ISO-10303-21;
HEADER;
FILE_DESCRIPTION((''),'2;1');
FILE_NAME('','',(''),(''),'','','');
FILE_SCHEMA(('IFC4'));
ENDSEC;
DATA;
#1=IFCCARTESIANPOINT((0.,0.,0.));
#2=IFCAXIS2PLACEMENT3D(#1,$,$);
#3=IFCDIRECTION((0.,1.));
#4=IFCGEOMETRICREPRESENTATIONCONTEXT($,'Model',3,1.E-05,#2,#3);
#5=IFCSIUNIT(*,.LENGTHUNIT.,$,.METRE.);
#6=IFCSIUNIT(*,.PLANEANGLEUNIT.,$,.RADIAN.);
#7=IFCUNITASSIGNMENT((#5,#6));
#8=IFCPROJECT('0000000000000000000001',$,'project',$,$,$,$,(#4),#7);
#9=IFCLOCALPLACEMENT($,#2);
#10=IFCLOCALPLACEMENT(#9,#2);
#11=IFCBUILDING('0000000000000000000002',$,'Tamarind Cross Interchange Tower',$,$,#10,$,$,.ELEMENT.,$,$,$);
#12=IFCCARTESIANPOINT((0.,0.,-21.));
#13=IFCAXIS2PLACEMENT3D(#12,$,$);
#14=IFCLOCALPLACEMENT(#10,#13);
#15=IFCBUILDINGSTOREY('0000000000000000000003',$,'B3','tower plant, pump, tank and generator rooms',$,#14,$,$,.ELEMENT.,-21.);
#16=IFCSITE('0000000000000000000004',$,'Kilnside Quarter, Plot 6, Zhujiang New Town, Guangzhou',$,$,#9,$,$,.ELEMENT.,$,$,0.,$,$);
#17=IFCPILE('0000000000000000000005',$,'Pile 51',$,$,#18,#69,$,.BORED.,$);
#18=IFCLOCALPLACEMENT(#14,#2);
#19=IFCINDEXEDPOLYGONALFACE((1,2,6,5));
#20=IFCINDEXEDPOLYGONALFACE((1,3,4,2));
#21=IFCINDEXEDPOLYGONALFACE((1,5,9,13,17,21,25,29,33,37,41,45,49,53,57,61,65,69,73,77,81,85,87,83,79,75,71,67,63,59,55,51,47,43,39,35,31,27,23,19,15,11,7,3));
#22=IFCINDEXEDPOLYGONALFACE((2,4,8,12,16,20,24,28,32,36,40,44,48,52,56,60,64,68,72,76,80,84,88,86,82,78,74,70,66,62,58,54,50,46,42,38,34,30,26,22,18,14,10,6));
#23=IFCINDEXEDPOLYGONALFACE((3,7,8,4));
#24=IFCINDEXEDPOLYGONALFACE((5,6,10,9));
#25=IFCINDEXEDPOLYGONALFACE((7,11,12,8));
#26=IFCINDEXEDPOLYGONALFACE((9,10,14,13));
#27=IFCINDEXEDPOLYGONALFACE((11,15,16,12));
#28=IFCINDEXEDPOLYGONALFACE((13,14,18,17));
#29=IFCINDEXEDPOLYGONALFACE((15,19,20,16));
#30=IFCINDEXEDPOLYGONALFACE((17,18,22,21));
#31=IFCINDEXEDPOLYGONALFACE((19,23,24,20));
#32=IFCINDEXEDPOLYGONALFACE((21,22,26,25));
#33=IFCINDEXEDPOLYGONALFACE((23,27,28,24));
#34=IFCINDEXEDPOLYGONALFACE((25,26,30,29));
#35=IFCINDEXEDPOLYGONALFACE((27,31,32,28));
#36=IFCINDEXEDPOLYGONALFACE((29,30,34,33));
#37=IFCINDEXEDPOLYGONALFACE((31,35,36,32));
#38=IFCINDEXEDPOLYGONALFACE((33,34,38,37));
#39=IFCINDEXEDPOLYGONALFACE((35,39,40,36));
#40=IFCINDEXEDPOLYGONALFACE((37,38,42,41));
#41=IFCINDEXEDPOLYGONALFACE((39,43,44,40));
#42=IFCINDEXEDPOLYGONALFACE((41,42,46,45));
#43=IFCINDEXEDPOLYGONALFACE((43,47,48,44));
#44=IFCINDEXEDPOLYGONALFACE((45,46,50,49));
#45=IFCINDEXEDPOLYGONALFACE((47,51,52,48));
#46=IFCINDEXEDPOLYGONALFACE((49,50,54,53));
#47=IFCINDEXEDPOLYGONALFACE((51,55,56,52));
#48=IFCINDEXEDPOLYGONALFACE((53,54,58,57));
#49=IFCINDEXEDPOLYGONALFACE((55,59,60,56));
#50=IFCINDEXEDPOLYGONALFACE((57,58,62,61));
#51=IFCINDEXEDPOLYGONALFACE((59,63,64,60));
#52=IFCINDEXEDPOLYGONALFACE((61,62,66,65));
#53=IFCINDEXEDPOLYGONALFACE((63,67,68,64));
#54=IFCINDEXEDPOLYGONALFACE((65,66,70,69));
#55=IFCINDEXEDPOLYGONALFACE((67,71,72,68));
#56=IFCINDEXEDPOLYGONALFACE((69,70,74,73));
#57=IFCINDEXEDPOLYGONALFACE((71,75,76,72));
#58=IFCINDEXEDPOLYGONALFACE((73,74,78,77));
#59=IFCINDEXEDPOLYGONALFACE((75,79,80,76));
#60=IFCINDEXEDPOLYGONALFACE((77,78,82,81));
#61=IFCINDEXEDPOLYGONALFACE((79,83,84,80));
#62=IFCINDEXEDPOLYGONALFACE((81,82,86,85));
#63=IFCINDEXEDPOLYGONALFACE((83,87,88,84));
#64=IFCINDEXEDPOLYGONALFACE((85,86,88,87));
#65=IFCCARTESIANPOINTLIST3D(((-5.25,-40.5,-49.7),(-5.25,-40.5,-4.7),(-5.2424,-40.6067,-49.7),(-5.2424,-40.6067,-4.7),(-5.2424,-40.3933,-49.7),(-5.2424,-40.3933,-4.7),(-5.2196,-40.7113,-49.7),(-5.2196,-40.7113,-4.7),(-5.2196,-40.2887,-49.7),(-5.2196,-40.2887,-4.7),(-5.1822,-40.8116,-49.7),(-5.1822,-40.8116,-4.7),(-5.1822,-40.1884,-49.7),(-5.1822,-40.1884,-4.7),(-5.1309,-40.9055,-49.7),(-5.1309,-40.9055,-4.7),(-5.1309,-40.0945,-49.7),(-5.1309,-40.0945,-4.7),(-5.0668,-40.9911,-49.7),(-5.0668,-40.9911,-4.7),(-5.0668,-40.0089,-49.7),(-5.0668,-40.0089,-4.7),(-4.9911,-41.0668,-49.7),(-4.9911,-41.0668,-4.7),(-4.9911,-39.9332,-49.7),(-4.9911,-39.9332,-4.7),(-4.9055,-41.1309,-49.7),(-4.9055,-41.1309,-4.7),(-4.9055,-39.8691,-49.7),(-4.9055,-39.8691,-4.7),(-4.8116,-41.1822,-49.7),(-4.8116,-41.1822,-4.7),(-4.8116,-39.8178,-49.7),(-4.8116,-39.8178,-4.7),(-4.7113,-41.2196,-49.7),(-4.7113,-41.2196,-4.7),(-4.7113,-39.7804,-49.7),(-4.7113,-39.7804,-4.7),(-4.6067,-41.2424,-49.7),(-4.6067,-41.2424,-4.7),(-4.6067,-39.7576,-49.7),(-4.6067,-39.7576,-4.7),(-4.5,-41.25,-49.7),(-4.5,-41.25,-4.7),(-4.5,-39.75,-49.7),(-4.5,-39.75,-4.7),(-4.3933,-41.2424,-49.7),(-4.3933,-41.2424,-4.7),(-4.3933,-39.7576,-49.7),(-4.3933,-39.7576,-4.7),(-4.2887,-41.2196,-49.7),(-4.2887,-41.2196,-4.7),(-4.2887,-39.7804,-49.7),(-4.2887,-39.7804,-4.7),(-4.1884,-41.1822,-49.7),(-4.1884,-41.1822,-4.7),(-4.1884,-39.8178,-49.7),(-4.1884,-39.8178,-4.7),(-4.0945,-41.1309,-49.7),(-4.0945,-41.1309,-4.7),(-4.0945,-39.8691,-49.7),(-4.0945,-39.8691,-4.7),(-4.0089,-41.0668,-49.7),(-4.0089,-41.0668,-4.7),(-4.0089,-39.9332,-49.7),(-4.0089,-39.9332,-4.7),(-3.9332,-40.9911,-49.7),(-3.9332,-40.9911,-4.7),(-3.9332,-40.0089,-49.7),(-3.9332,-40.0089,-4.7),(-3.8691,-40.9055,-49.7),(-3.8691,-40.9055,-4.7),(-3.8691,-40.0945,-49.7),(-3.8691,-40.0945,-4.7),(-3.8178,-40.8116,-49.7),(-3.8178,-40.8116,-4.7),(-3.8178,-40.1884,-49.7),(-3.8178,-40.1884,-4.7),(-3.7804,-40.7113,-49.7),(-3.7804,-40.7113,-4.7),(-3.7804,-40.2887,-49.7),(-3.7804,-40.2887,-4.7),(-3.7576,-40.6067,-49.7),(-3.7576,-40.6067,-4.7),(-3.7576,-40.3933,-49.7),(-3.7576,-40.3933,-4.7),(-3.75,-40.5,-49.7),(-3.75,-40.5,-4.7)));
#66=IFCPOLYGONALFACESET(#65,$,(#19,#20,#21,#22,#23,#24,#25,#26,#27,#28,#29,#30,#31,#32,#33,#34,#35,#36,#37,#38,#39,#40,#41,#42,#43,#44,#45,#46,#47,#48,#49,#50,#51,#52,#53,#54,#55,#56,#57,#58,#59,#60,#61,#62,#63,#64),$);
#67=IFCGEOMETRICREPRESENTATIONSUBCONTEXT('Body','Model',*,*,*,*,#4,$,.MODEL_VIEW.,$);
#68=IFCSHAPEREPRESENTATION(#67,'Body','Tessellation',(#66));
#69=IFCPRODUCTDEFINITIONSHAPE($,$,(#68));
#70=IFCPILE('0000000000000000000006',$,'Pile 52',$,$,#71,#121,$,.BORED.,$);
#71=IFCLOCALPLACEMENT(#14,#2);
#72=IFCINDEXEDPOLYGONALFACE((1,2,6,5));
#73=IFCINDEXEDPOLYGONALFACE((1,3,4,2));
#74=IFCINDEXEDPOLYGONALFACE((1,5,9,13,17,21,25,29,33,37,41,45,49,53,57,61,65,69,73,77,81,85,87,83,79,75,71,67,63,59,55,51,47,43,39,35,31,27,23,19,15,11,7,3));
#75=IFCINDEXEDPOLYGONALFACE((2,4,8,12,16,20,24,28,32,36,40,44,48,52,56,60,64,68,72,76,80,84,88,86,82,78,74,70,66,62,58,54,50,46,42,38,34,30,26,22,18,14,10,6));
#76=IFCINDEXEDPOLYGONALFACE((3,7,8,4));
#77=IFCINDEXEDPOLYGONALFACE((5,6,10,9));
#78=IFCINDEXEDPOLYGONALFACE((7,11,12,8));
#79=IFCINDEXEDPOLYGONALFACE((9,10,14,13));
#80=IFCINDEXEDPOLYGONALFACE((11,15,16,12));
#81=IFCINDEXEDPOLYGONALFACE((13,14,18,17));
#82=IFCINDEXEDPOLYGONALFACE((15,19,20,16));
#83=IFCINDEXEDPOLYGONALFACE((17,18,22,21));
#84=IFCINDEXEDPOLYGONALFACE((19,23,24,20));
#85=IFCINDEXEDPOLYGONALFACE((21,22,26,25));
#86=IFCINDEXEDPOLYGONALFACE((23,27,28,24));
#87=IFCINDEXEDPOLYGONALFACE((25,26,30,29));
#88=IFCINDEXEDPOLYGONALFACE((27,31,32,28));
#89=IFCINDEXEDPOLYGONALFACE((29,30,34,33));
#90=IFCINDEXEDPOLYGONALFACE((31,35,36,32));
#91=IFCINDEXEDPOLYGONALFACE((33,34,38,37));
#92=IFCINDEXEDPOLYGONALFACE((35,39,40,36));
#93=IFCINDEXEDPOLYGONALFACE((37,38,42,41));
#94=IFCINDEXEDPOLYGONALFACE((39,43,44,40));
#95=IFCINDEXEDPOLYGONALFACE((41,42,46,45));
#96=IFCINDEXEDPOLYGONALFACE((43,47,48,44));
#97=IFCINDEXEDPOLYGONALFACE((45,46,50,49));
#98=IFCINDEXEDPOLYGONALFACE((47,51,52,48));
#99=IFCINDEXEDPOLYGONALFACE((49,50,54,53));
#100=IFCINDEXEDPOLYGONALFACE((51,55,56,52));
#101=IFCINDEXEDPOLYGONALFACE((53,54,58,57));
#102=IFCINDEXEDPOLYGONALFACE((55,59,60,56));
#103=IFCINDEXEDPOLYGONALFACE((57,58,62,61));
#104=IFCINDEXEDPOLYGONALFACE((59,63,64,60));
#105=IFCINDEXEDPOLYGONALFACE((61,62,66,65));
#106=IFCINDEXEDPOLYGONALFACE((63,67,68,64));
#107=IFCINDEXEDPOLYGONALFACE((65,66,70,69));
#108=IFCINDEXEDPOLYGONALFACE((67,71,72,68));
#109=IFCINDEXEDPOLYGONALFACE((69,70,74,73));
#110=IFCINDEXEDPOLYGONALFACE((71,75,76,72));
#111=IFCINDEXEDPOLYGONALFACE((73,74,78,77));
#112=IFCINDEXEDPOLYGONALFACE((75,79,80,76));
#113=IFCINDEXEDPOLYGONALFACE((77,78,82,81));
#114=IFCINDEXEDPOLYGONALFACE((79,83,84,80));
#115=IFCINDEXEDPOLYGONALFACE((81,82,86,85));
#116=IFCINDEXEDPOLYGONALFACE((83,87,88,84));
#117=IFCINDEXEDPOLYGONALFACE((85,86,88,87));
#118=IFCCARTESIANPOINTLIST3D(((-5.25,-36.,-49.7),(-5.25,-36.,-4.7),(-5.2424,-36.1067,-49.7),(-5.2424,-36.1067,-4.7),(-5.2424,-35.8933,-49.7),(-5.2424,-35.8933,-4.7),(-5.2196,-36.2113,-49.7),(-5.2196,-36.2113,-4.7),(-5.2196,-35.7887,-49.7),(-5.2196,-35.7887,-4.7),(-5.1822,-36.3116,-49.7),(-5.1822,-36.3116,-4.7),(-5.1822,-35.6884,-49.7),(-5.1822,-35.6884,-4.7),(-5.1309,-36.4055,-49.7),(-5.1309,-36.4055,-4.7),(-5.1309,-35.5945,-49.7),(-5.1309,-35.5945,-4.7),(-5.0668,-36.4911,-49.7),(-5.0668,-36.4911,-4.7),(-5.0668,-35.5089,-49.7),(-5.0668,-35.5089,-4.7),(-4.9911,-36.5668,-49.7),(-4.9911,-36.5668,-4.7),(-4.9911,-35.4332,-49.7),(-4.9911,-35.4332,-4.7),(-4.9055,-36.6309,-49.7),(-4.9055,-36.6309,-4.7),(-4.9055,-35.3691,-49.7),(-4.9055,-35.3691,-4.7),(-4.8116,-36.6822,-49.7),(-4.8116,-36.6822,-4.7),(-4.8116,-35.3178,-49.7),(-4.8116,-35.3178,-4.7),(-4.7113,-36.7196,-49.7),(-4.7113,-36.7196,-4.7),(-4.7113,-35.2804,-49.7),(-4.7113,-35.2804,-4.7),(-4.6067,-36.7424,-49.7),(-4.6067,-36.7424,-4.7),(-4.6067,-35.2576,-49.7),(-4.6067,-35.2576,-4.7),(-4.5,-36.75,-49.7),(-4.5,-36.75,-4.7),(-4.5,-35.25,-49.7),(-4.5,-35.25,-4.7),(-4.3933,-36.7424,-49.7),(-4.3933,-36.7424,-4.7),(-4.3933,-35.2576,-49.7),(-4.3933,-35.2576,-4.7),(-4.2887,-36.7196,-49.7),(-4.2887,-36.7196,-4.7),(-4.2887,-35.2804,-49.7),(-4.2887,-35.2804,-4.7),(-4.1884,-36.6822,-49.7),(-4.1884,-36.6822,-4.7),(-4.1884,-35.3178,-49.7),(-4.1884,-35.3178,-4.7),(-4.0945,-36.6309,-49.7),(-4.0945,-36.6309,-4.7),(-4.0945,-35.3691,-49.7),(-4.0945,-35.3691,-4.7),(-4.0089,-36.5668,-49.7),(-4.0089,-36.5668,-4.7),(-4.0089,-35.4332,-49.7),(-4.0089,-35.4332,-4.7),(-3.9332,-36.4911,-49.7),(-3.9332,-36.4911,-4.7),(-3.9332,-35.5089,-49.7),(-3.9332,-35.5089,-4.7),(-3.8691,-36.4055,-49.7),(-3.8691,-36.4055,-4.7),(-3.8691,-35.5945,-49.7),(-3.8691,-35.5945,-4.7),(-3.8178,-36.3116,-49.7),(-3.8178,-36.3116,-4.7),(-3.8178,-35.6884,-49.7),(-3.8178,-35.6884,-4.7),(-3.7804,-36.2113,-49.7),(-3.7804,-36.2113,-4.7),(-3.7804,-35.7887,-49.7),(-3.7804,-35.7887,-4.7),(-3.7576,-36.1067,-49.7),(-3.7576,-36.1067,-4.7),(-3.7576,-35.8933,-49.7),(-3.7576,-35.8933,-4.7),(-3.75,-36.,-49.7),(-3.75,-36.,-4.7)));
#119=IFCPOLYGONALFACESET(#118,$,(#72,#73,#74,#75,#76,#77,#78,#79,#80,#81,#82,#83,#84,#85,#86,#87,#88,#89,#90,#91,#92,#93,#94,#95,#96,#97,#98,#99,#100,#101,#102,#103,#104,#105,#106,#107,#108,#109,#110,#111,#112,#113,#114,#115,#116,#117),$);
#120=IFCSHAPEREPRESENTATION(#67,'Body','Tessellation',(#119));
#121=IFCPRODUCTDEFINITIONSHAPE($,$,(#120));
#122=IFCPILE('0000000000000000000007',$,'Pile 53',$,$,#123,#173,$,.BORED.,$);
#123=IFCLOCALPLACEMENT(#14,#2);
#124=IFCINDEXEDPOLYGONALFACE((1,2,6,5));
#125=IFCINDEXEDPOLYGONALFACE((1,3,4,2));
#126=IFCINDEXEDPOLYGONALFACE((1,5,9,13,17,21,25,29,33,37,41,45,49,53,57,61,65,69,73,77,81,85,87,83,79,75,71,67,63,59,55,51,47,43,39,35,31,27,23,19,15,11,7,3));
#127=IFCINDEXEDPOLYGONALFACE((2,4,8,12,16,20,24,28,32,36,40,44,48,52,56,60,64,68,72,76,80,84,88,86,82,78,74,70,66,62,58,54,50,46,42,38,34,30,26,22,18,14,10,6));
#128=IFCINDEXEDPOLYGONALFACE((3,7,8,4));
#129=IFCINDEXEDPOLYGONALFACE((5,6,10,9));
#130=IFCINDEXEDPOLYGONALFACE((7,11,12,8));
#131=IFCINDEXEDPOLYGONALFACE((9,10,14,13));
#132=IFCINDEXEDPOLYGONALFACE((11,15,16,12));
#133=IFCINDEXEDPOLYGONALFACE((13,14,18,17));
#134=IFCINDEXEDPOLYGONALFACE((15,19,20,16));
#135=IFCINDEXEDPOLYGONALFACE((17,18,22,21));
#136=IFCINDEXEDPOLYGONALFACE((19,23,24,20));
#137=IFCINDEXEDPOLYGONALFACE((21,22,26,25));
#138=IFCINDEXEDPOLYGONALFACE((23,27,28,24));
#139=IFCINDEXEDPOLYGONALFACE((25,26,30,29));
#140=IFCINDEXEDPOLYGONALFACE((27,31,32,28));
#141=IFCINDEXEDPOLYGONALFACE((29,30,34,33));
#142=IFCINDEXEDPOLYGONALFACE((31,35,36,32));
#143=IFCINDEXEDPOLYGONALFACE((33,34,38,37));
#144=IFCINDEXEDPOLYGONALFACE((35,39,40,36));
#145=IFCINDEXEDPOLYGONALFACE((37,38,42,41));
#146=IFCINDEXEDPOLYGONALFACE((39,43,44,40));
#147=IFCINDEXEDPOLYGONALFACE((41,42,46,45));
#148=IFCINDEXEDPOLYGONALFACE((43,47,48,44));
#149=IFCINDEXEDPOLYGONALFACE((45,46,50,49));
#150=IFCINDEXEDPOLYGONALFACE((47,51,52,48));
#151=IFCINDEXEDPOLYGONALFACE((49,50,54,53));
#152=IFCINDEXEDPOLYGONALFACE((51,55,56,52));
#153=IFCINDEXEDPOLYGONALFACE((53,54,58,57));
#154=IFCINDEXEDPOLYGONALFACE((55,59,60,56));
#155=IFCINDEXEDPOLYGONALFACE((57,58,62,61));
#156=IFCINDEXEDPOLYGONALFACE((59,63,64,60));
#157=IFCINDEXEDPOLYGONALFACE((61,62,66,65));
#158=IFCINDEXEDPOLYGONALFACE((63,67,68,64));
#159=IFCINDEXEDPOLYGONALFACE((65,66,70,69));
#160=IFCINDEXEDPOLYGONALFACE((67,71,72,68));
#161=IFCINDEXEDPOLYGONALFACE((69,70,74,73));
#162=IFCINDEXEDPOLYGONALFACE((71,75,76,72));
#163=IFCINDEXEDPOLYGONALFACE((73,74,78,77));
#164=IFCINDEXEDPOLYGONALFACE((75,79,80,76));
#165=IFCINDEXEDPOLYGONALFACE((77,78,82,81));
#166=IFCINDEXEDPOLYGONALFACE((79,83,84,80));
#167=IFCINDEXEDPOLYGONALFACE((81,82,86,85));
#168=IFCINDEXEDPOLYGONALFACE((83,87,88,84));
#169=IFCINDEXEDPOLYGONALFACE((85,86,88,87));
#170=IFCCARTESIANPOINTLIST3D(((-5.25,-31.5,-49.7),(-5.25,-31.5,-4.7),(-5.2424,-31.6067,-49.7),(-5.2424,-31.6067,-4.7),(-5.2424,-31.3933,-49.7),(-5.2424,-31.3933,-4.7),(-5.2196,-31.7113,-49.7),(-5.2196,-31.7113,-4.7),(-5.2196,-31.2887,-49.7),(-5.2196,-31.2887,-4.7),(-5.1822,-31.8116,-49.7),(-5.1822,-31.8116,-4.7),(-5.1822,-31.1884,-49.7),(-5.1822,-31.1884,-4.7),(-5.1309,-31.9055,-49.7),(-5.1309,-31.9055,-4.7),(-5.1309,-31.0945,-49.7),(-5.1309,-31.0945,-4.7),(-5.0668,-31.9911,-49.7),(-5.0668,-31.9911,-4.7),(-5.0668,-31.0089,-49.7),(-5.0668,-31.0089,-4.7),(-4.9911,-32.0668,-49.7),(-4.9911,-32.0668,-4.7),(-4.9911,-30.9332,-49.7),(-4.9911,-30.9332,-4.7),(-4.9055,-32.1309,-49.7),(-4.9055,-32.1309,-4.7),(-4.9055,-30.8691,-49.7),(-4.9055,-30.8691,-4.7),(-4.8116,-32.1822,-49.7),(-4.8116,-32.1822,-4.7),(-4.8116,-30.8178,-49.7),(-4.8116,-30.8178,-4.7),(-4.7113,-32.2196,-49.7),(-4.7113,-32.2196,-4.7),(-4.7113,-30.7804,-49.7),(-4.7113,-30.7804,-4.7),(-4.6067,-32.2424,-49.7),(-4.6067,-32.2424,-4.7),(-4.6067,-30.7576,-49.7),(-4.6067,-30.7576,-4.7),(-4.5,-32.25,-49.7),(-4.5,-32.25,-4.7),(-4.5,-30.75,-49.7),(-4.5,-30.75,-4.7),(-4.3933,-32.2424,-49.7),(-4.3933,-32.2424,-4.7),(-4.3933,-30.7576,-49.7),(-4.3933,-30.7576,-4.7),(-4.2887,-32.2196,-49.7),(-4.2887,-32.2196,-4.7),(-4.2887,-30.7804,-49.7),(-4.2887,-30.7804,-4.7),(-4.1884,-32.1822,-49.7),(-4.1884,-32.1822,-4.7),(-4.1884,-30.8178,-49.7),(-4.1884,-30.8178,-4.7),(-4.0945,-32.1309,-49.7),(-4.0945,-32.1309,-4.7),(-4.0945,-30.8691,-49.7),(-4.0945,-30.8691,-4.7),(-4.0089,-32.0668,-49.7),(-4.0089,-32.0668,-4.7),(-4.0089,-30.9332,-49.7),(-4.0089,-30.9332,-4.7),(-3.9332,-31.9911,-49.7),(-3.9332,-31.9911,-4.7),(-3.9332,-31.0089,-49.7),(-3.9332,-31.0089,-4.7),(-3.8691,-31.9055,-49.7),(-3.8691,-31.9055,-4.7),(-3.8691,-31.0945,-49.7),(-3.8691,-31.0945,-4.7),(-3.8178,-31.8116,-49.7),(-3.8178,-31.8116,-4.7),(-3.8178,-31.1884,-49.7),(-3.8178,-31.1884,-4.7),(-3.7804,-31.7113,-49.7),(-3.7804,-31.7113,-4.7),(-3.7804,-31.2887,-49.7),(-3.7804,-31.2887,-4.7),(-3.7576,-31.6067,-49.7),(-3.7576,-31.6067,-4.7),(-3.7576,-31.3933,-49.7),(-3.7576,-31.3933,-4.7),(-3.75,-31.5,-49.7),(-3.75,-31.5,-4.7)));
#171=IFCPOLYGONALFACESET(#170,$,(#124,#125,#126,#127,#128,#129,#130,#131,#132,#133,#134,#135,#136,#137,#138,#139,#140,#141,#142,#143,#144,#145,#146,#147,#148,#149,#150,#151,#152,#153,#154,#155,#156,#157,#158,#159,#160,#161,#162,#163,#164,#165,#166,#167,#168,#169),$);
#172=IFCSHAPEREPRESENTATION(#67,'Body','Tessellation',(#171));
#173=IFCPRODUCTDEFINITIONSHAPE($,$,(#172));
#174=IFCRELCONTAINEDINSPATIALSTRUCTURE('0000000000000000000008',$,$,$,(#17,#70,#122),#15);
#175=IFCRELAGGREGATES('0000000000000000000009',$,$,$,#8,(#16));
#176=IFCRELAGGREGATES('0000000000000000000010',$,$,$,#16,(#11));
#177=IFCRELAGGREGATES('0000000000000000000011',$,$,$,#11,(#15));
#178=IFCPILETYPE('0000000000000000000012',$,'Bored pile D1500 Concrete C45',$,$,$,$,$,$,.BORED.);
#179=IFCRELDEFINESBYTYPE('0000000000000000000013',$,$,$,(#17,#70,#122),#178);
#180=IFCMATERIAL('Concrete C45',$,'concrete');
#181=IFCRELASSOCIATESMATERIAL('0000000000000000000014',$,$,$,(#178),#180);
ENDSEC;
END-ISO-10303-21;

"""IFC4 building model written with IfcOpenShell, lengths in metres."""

from ifc_helpers import new_model, si_unit, direction, frame, origin, origin_2d, place, context, subcontext, project, spatial, circle, extrude, material, material_profile, profile_set, type_object, element, save


model = new_model("IFC4")

# Units and contexts
model_context = context("Model", 3, precision=1e-05, world=origin(), true_north=direction((0.0, 1.0)))
body_context = subcontext(model_context, "Body", "Model", "MODEL_VIEW")
ifc_project = project(units=[si_unit("LENGTHUNIT", "METRE"), si_unit("PLANEANGLEUNIT", "RADIAN")], contexts=[model_context])

# Site, building, storey
site_placement = place(None, origin())
site = spatial("IfcSite", under=ifc_project, at=site_placement, Name="Kilnside Quarter, Plot 6, Zhujiang New Town, Guangzhou", CompositionType="ELEMENT", RefElevation=0.0)
building_placement = place(site_placement, origin())
building = spatial("IfcBuilding", under=site, at=building_placement, Name="Tamarind Cross Interchange Tower", CompositionType="ELEMENT")
storey_placement = place(building_placement, frame((0.0, 0.0, -21.0)))
storey = spatial("IfcBuildingStorey", under=building, at=storey_placement, Name="B3", Description="tower plant, pump, tank and generator rooms", CompositionType="ELEMENT", Elevation=-21.0)

# Piles
ifc_material_1 = material(Name="Concrete C45", Category="concrete")
ifc_material_profile_1 = material_profile(ifc_material_1, circle(Radius=0.75, at=origin_2d()), Name="RC D1500")
ifc_profile_set_1 = profile_set([ifc_material_profile_1], Name="Concrete C45")
pile_type = type_object("IfcPileType", Name="Bored pile D1500 Concrete C45", PredefinedType="BORED", material=ifc_profile_set_1)
for number, where, z_axis, x_axis, name in (
    (1, (-4.5, -40.5, -4.7), (0.0, 0.0, -1.0), (1.0, 0.0, 0.0), "Pile 51"),
    (2, (-4.5, -36.0, -4.7), (0.0, 0.0, -1.0), (1.0, 0.0, 0.0), "Pile 52"),
    (3, (-4.5, -31.5, -4.7), (0.0, 0.0, -1.0), (1.0, 0.0, 0.0), "Pile 53"),
):
    element("IfcPile", number, at=place(storey_placement, frame(where, z_axis=z_axis, x_axis=x_axis)), inside=storey, type_object=pile_type, Name=name, PredefinedType="BORED", context=body_context, shape_type="SweptSolid", body=[
        extrude(circle(Radius=0.75, at=origin_2d()), origin(), (0.0, 0.0, 1.0), 45.0),
    ])

save(model, "model.ifc")
